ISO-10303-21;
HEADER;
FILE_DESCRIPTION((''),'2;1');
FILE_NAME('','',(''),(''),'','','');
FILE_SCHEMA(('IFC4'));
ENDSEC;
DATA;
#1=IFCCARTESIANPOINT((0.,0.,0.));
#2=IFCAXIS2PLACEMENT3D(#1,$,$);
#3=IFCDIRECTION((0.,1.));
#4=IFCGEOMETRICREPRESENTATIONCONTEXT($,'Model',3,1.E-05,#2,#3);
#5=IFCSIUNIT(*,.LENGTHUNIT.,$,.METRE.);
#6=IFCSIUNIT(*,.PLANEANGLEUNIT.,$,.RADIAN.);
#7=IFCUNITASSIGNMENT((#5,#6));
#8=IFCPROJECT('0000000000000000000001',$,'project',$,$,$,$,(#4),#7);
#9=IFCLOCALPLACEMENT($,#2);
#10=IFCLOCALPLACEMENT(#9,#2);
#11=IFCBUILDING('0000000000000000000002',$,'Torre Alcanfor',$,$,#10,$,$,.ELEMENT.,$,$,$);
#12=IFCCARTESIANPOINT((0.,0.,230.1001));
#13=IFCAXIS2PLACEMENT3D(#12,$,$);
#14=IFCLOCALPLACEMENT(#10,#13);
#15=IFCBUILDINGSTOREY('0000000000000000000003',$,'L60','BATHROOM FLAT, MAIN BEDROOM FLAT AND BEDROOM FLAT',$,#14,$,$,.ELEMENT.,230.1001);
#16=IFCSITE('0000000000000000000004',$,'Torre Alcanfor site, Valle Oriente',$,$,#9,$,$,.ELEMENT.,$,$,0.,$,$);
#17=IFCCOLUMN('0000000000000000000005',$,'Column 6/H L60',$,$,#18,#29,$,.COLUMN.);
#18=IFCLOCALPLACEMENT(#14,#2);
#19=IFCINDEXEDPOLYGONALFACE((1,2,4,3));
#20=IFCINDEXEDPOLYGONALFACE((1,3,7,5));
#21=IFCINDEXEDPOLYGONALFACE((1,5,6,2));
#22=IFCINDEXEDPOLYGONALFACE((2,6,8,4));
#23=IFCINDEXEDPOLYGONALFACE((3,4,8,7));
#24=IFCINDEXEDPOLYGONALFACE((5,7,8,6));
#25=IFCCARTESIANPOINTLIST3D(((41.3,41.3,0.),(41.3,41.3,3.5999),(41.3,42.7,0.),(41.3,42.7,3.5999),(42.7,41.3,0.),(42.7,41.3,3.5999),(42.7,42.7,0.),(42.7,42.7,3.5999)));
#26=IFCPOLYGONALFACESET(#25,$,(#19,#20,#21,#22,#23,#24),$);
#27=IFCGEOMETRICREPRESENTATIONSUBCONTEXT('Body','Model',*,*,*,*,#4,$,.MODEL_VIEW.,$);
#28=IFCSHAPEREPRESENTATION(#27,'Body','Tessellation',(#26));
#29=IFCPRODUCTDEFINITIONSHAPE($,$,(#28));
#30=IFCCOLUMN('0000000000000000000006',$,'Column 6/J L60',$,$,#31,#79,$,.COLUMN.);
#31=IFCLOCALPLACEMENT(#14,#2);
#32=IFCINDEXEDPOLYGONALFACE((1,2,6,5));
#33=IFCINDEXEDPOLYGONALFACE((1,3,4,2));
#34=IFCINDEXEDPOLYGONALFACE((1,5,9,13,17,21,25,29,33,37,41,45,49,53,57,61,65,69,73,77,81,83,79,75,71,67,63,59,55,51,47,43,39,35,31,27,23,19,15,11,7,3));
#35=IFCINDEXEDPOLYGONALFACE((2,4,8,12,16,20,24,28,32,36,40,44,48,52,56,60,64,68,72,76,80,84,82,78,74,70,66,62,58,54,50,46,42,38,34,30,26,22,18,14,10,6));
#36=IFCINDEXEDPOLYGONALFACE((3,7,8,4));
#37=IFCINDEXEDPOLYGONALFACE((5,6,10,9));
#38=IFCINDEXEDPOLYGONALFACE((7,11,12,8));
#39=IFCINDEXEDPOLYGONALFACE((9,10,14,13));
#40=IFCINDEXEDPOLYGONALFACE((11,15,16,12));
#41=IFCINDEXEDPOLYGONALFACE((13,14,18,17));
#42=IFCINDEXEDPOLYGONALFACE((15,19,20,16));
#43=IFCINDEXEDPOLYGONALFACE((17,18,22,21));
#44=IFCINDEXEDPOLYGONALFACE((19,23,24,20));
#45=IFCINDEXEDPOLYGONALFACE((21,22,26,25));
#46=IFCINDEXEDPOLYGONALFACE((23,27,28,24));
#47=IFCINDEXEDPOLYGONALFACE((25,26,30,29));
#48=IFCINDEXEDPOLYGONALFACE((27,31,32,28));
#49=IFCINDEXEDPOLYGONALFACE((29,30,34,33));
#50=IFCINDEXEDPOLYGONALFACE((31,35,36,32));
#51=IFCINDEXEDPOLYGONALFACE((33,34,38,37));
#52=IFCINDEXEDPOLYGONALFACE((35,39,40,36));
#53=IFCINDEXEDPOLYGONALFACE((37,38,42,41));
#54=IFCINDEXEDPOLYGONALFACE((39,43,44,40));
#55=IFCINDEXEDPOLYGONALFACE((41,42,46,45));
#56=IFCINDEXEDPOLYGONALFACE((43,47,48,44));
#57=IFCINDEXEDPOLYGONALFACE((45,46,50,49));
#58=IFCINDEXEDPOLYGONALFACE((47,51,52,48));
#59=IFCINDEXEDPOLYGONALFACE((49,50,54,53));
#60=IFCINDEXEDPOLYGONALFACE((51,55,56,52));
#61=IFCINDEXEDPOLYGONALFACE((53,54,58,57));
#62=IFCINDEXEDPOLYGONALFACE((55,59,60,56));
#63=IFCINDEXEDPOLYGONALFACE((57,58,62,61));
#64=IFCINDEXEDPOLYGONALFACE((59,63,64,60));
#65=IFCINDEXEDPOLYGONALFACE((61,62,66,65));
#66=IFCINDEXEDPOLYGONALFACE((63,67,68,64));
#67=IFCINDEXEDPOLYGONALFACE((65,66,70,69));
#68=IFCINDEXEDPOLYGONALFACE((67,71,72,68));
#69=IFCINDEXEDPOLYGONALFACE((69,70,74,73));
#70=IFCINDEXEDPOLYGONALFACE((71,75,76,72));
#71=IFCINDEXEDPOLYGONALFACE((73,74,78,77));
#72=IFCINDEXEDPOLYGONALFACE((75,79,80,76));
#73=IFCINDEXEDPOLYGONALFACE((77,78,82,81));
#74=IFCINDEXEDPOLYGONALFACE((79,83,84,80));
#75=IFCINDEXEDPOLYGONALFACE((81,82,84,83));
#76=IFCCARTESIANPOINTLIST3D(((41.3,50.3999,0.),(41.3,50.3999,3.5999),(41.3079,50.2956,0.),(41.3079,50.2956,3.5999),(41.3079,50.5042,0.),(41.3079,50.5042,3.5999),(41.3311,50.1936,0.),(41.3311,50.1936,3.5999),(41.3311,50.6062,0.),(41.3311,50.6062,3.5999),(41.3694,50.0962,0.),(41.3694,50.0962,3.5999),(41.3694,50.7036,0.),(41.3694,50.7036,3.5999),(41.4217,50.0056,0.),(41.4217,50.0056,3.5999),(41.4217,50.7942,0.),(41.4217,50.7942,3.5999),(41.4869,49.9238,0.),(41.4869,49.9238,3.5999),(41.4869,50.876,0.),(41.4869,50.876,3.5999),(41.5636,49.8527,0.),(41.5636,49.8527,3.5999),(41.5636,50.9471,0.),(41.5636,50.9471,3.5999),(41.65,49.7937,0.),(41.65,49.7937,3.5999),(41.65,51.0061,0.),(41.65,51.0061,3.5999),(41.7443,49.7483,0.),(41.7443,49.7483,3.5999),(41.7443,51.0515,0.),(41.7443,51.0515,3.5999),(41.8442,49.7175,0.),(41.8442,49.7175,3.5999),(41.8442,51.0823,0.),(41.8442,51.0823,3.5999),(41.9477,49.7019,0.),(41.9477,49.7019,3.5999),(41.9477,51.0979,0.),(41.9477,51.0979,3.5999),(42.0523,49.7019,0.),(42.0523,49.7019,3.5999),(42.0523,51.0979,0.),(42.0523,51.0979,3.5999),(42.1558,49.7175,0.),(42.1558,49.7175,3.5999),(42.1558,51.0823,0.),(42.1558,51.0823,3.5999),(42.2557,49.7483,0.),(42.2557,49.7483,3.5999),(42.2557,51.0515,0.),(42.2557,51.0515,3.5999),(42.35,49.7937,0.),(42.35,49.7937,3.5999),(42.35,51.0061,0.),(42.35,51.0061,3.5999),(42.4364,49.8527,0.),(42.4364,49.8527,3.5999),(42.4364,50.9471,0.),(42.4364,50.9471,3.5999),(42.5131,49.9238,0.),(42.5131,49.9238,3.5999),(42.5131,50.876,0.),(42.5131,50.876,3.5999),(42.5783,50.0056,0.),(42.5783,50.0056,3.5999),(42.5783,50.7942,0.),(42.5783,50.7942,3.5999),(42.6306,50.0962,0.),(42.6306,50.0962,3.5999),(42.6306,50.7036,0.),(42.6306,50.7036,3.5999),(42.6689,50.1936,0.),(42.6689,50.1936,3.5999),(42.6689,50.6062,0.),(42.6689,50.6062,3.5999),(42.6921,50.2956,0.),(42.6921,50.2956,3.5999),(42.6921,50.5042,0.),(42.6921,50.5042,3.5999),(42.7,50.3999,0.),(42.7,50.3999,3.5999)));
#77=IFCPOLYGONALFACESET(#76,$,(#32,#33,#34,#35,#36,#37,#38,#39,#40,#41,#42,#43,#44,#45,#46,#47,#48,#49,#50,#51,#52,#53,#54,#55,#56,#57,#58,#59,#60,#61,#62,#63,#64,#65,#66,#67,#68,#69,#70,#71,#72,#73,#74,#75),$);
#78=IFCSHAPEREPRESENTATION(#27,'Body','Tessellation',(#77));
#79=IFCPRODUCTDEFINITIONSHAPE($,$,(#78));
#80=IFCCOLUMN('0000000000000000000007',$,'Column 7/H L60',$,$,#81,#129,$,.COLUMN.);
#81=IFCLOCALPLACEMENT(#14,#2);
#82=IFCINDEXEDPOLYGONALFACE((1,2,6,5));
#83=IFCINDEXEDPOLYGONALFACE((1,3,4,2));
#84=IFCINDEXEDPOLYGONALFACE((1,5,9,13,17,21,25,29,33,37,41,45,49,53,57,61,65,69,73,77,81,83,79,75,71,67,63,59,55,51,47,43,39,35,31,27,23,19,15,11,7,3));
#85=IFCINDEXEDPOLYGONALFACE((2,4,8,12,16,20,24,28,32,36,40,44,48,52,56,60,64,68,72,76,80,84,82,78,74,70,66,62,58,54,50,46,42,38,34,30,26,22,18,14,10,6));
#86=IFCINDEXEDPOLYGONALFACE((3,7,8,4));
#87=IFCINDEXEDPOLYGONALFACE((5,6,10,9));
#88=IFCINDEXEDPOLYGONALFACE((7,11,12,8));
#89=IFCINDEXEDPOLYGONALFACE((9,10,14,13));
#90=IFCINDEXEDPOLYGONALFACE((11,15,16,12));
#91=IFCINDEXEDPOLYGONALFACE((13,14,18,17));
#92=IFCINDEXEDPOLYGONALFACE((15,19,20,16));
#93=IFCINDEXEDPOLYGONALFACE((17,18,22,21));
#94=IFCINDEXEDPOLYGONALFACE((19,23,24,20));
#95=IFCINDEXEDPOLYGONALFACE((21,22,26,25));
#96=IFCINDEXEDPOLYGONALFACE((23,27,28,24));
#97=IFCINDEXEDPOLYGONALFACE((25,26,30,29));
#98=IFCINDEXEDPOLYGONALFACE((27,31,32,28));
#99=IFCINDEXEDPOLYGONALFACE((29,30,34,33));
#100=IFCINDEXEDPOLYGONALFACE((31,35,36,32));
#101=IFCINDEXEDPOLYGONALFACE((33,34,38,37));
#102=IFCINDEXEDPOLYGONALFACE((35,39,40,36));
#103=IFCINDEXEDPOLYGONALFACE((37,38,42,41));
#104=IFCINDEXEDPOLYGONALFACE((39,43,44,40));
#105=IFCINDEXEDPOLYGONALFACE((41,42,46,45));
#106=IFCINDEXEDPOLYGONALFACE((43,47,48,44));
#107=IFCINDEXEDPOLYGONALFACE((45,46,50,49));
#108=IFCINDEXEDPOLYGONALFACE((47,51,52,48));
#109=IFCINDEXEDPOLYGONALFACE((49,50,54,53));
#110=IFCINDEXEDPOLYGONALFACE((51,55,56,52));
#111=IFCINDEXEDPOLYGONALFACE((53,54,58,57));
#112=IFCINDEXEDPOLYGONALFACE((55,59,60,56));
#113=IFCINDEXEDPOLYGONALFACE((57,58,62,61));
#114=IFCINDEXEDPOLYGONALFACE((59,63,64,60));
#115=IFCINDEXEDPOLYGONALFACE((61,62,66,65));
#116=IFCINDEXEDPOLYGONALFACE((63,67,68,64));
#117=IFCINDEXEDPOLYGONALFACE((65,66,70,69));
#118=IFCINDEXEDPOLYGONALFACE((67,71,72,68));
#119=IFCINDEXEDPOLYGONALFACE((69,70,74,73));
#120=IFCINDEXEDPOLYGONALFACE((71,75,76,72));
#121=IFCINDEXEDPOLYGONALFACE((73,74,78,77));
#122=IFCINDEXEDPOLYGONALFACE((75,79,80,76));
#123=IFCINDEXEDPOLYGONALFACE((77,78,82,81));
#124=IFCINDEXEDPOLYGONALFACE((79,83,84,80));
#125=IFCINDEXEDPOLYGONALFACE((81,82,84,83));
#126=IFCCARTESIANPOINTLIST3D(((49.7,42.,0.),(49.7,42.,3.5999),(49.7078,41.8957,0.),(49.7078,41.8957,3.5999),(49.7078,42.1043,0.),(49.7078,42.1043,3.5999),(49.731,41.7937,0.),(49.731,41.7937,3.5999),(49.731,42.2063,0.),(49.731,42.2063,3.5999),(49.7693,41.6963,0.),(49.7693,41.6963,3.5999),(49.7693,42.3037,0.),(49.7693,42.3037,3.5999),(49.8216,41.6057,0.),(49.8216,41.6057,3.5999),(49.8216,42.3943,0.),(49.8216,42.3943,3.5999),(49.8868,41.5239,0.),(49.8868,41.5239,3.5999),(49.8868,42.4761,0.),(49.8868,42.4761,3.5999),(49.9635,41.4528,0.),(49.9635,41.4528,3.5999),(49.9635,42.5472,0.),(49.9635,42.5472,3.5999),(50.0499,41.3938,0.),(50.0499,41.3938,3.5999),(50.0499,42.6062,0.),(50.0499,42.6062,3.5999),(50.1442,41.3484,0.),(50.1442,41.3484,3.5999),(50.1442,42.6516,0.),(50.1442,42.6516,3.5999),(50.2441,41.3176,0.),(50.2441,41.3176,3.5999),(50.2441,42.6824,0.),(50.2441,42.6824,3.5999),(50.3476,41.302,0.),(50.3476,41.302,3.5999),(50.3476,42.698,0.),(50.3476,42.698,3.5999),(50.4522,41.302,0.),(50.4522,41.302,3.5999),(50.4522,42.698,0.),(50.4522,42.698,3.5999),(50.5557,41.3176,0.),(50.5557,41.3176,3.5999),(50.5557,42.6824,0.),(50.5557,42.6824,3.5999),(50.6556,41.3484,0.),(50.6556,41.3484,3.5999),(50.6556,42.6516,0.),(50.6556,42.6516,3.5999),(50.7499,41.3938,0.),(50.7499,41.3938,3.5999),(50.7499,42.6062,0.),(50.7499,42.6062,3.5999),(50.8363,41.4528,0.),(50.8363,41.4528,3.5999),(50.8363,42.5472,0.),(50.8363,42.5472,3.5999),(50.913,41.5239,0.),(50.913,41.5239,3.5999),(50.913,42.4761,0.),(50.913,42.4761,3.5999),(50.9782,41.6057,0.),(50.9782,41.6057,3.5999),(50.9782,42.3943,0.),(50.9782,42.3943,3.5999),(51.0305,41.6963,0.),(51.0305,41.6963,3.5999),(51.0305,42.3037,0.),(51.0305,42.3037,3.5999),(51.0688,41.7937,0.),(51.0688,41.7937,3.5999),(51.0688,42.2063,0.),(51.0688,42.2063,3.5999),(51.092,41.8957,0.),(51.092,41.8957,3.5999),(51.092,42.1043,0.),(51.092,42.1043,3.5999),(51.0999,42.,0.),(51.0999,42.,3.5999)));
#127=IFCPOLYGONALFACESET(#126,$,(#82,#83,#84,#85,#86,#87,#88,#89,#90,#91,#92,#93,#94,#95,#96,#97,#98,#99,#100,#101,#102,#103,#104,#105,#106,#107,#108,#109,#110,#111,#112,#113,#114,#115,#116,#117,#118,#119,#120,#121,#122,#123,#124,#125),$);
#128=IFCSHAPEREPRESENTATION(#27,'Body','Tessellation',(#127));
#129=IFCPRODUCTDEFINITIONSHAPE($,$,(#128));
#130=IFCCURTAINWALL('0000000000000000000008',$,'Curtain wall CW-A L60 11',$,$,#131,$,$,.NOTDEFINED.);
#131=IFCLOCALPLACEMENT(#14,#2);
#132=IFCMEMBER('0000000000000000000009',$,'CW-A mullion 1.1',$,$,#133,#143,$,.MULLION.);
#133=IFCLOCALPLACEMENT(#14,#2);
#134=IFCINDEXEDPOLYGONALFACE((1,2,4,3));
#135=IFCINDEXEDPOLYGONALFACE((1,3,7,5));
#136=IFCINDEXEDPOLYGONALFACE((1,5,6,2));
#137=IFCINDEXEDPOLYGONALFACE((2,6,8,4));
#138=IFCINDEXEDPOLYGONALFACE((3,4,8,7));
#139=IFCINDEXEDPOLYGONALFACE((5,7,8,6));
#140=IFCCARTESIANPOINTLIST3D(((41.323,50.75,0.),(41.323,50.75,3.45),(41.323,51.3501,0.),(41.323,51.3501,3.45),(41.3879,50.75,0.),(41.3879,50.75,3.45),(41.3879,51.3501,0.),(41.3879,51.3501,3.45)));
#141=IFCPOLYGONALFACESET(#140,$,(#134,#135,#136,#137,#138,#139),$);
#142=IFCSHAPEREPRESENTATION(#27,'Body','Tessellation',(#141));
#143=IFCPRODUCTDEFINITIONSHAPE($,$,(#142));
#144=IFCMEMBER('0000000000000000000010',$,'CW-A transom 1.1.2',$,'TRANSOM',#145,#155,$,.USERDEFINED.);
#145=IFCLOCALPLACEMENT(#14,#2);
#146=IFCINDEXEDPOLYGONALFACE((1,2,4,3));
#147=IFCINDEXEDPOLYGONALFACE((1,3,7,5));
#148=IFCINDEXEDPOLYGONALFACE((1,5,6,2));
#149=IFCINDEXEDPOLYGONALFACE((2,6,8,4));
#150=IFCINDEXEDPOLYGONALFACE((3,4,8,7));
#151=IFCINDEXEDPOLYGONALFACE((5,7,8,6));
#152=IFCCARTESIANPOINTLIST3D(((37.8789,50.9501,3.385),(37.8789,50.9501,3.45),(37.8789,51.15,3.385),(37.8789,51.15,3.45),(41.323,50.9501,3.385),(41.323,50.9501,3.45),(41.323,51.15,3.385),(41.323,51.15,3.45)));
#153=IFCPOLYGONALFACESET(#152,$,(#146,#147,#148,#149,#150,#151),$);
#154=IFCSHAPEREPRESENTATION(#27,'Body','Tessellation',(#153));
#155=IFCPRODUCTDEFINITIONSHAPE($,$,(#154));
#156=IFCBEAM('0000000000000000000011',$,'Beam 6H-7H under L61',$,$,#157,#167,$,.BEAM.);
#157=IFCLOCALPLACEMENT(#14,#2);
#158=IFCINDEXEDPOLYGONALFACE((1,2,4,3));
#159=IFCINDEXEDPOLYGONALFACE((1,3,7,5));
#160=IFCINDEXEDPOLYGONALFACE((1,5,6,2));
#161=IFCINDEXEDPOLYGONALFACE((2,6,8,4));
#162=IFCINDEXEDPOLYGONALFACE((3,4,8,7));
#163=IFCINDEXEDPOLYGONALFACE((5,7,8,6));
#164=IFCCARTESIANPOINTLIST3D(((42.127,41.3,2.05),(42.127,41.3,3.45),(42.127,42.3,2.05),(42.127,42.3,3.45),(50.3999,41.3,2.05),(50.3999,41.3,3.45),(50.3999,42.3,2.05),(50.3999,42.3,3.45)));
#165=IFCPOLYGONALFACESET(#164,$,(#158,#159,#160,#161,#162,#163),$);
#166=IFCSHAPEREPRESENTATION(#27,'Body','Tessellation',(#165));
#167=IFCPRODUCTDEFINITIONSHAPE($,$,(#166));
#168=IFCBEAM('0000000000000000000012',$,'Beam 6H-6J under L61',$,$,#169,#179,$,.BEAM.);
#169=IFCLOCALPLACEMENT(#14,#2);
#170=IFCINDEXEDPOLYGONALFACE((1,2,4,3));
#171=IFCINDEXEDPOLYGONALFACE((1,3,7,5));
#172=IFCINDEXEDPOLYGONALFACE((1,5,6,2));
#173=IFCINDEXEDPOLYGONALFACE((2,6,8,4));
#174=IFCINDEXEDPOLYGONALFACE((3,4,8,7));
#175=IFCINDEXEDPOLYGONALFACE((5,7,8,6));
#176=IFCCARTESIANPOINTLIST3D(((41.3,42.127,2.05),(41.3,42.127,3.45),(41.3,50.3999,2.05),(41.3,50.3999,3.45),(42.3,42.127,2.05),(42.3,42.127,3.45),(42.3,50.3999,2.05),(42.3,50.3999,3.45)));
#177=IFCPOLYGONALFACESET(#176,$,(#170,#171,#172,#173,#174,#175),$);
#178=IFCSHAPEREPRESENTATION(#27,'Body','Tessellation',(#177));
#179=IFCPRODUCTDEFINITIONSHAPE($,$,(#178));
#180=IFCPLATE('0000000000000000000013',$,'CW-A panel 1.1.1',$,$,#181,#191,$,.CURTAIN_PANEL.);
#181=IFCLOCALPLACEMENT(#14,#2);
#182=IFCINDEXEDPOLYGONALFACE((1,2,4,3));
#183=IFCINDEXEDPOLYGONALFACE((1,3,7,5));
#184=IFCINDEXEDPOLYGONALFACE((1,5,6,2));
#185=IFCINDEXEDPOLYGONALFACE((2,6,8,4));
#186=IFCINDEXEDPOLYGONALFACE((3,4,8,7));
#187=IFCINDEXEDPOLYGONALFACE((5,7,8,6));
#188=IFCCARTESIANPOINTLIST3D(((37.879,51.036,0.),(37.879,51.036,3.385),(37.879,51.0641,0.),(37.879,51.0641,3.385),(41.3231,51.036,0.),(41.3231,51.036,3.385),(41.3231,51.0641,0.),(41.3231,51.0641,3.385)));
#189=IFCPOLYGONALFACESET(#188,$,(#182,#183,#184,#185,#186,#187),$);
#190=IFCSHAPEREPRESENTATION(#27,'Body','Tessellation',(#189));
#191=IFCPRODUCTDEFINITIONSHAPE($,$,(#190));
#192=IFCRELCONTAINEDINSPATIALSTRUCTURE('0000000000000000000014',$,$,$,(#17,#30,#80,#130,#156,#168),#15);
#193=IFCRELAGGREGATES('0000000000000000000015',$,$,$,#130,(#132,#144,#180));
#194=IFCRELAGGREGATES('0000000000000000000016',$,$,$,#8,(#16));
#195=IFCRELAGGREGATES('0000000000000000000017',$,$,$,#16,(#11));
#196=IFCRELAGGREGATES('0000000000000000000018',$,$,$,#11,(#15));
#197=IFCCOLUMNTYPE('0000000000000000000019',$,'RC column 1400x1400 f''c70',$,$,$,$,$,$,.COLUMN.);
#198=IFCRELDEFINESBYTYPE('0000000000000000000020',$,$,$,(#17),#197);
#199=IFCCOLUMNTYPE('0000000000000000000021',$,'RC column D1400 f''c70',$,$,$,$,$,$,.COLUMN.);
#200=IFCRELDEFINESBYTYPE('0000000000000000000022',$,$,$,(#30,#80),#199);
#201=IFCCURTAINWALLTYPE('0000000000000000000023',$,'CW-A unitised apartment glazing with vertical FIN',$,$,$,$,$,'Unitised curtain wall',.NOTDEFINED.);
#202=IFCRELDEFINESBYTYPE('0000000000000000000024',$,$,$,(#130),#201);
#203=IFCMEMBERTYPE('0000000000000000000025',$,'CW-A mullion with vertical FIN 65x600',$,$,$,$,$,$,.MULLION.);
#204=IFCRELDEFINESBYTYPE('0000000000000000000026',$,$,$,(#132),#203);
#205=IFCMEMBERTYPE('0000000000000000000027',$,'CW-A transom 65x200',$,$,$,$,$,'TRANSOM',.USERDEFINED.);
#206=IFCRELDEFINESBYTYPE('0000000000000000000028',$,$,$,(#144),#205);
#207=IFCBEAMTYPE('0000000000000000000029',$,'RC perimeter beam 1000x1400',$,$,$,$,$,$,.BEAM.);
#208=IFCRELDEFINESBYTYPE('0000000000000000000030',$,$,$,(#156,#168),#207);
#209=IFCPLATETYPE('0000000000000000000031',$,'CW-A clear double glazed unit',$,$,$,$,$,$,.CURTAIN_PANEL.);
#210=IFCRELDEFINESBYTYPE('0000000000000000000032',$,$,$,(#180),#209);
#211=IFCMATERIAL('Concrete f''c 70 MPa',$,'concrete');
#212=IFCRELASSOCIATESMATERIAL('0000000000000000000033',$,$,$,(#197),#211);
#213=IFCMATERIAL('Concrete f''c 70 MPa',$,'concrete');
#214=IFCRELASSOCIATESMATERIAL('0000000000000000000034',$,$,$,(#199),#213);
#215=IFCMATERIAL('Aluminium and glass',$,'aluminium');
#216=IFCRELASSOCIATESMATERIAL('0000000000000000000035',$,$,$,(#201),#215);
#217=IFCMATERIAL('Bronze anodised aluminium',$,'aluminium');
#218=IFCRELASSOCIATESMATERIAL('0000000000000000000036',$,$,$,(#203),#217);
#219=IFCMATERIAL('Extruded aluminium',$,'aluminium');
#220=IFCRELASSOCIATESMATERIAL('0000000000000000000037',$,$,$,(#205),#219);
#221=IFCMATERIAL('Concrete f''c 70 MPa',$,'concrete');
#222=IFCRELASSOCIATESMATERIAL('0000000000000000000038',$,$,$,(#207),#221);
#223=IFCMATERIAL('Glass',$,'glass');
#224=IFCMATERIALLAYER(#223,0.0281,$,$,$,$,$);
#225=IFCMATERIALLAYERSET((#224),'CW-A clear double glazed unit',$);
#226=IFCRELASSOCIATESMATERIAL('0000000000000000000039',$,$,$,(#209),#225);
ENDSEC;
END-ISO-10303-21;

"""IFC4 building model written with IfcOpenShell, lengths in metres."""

from ifc_helpers import new_model, si_unit, direction, frame, origin, origin_2d, place, context, subcontext, project, spatial, rectangle, circle, extrude, material, layer, layer_set, material_profile, profile_set, type_object, element, aggregate, save


model = new_model("IFC4")

# Units and contexts
model_context = context("Model", 3, precision=1e-05, world=origin(), true_north=direction((0.0, 1.0)))
body_context = subcontext(model_context, "Body", "Model", "MODEL_VIEW")
ifc_project = project(units=[si_unit("LENGTHUNIT", "METRE"), si_unit("PLANEANGLEUNIT", "RADIAN")], contexts=[model_context])

# Site, building, storey
site_placement = place(None, origin())
site = spatial("IfcSite", under=ifc_project, at=site_placement, Name="Torre Alcanfor site, Valle Oriente", CompositionType="ELEMENT", RefElevation=0.0)
building_placement = place(site_placement, origin())
building = spatial("IfcBuilding", under=site, at=building_placement, Name="Torre Alcanfor", CompositionType="ELEMENT")
storey_placement = place(building_placement, frame((0.0, 0.0, 230.1001)))
storey = spatial("IfcBuildingStorey", under=building, at=storey_placement, Name="L60", Description="BATHROOM FLAT, MAIN BEDROOM FLAT AND BEDROOM FLAT", CompositionType="ELEMENT", Elevation=230.1001)

# Columns
ifc_material_1 = material(Name="Concrete f'c 70 MPa", Category="concrete")
ifc_material_profile_1 = material_profile(ifc_material_1, rectangle(XDim=1.3999, YDim=1.3999, at=origin_2d()), Name="1400x1400")
ifc_profile_set_1 = profile_set([ifc_material_profile_1], Name="Concrete f'c 70 MPa")
column_type_1 = type_object("IfcColumnType", Name="RC column 1400x1400 f'c70", PredefinedType="COLUMN", material=ifc_profile_set_1)
column_placement = place(storey_placement, frame((42.0, 42.0, 0.0), z_axis=(0.0, 0.0, 1.0), x_axis=(1.0, 0.0, 0.0)))
element("IfcColumn", 1, at=column_placement, inside=storey, type_object=column_type_1, Name="Column 6/H L60", PredefinedType="COLUMN", context=body_context, shape_type="SweptSolid", body=[
    extrude(rectangle(XDim=1.3999, YDim=1.3999, at=origin_2d()), origin(), (0.0, 0.0, 1.0), 3.5999),
])
ifc_material_2 = material(Name="Concrete f'c 70 MPa", Category="concrete")
ifc_material_profile_2 = material_profile(ifc_material_2, circle(Radius=0.7, at=origin_2d()), Name="D1400")
ifc_profile_set_2 = profile_set([ifc_material_profile_2], Name="Concrete f'c 70 MPa")
column_type_2 = type_object("IfcColumnType", Name="RC column D1400 f'c70", PredefinedType="COLUMN", material=ifc_profile_set_2)
for number, where, z_axis, x_axis, name in (
    (2, (42.0, 50.3999, 0.0), (0.0, 0.0, 1.0), (1.0, 0.0, 0.0), "Column 6/J L60"),
    (3, (50.3999, 42.0, 0.0), (0.0, 0.0, 1.0), (1.0, 0.0, 0.0), "Column 7/H L60"),
):
    element("IfcColumn", number, at=place(storey_placement, frame(where, z_axis=z_axis, x_axis=x_axis)), inside=storey, type_object=column_type_2, Name=name, PredefinedType="COLUMN", context=body_context, shape_type="SweptSolid", body=[
        extrude(circle(Radius=0.7, at=origin_2d()), origin(), (0.0, 0.0, 1.0), 3.5999),
    ])

# Curtain wall, members
ifc_material_3 = material(Name="Aluminium and glass", Category="aluminium")
curtain_wall_type = type_object("IfcCurtainWallType", Name="CW-A unitised apartment glazing with vertical FIN", ElementType="Unitised curtain wall", PredefinedType="NOTDEFINED", material=ifc_material_3)
curtain_wall_placement = place(storey_placement, origin())
curtain_wall = element("IfcCurtainWall", 4, at=curtain_wall_placement, inside=storey, type_object=curtain_wall_type, Name="Curtain wall CW-A L60 11", PredefinedType="NOTDEFINED")
ifc_material_4 = material(Name="Bronze anodised aluminium", Category="aluminium")
ifc_material_profile_3 = material_profile(ifc_material_4, rectangle(XDim=0.6001, YDim=0.0649, at=origin_2d()), Name="CW-A mullion 65x600")
ifc_profile_set_3 = profile_set([ifc_material_profile_3], Name="Bronze anodised aluminium")
member_type_1 = type_object("IfcMemberType", Name="CW-A mullion with vertical FIN 65x600", PredefinedType="MULLION", material=ifc_profile_set_3)
member_1_placement = place(storey_placement, frame((41.3555, 51.05, 0.0), z_axis=(0.0, 0.0, 1.0), x_axis=(0.0, -1.0, 0.0)))
member_1 = element("IfcMember", 5, at=member_1_placement, type_object=member_type_1, Name="CW-A mullion 1.1", PredefinedType="MULLION", context=body_context, shape_type="SweptSolid", body=[
    extrude(rectangle(XDim=0.6001, YDim=0.0649, at=origin_2d()), origin(), (0.0, 0.0, 1.0), 3.45),
])
ifc_material_5 = material(Name="Extruded aluminium", Category="aluminium")
ifc_material_profile_4 = material_profile(ifc_material_5, rectangle(XDim=0.2, YDim=0.0649, at=origin_2d()), Name="CW-A transom 200x65")
ifc_profile_set_4 = profile_set([ifc_material_profile_4], Name="Extruded aluminium")
member_type_2 = type_object("IfcMemberType", Name="CW-A transom 65x200", ElementType="TRANSOM", PredefinedType="USERDEFINED", material=ifc_profile_set_4)
member_2_placement = place(storey_placement, frame((41.323, 51.05, 3.4175), z_axis=(-1.0, 0.0, 0.0), x_axis=(0.0, -1.0, 0.0)))
member_2 = element("IfcMember", 6, at=member_2_placement, type_object=member_type_2, Name="CW-A transom 1.1.2", ObjectType="TRANSOM", PredefinedType="USERDEFINED", context=body_context, shape_type="SweptSolid", body=[
    extrude(rectangle(XDim=0.2, YDim=0.0649, at=origin_2d()), origin(), (0.0, 0.0, 1.0), 3.4441),
])

# Beams
ifc_material_6 = material(Name="Concrete f'c 70 MPa", Category="concrete")
ifc_material_profile_5 = material_profile(ifc_material_6, rectangle(XDim=1.0, YDim=1.3999, at=origin_2d()), Name="1000x1400")
ifc_profile_set_5 = profile_set([ifc_material_profile_5], Name="Concrete f'c 70 MPa")
beam_type = type_object("IfcBeamType", Name="RC perimeter beam 1000x1400", PredefinedType="BEAM", material=ifc_profile_set_5)
for number, where, z_axis, x_axis, name in (
    (7, (42.127, 41.8, 2.75), (1.0, 0.0, 0.0), (0.0, 1.0, 0.0), "Beam 6H-7H under L61"),
    (8, (41.8, 42.127, 2.75), (0.0, 1.0, 0.0), (-1.0, 0.0, 0.0), "Beam 6H-6J under L61"),
):
    element("IfcBeam", number, at=place(storey_placement, frame(where, z_axis=z_axis, x_axis=x_axis)), inside=storey, type_object=beam_type, Name=name, PredefinedType="BEAM", context=body_context, shape_type="SweptSolid", body=[
        extrude(rectangle(XDim=1.0, YDim=1.3999, at=origin_2d()), origin(), (0.0, 0.0, 1.0), 8.2729),
    ])

# Plate
ifc_material_7 = material(Name="Glass", Category="glass")
ifc_layer_1 = layer(ifc_material_7, 0.0281)
ifc_layer_set_1 = layer_set([ifc_layer_1], Name="CW-A clear double glazed unit")
plate_type = type_object("IfcPlateType", Name="CW-A clear double glazed unit", PredefinedType="CURTAIN_PANEL", material=ifc_layer_set_1)
plate_placement = place(storey_placement, frame((39.6011, 51.05, 0.0), z_axis=(0.0, 0.0, 1.0), x_axis=(-1.0, 0.0, 0.0)))
plate = element("IfcPlate", 9, at=plate_placement, type_object=plate_type, Name="CW-A panel 1.1.1", PredefinedType="CURTAIN_PANEL", context=body_context, shape_type="SweptSolid", body=[
    extrude(rectangle(XDim=3.4441, YDim=0.0281, at=origin_2d()), origin(), (0.0, 0.0, 1.0), 3.385),
])
aggregate(curtain_wall, [member_1, member_2, plate])

save(model, "model.ifc")
